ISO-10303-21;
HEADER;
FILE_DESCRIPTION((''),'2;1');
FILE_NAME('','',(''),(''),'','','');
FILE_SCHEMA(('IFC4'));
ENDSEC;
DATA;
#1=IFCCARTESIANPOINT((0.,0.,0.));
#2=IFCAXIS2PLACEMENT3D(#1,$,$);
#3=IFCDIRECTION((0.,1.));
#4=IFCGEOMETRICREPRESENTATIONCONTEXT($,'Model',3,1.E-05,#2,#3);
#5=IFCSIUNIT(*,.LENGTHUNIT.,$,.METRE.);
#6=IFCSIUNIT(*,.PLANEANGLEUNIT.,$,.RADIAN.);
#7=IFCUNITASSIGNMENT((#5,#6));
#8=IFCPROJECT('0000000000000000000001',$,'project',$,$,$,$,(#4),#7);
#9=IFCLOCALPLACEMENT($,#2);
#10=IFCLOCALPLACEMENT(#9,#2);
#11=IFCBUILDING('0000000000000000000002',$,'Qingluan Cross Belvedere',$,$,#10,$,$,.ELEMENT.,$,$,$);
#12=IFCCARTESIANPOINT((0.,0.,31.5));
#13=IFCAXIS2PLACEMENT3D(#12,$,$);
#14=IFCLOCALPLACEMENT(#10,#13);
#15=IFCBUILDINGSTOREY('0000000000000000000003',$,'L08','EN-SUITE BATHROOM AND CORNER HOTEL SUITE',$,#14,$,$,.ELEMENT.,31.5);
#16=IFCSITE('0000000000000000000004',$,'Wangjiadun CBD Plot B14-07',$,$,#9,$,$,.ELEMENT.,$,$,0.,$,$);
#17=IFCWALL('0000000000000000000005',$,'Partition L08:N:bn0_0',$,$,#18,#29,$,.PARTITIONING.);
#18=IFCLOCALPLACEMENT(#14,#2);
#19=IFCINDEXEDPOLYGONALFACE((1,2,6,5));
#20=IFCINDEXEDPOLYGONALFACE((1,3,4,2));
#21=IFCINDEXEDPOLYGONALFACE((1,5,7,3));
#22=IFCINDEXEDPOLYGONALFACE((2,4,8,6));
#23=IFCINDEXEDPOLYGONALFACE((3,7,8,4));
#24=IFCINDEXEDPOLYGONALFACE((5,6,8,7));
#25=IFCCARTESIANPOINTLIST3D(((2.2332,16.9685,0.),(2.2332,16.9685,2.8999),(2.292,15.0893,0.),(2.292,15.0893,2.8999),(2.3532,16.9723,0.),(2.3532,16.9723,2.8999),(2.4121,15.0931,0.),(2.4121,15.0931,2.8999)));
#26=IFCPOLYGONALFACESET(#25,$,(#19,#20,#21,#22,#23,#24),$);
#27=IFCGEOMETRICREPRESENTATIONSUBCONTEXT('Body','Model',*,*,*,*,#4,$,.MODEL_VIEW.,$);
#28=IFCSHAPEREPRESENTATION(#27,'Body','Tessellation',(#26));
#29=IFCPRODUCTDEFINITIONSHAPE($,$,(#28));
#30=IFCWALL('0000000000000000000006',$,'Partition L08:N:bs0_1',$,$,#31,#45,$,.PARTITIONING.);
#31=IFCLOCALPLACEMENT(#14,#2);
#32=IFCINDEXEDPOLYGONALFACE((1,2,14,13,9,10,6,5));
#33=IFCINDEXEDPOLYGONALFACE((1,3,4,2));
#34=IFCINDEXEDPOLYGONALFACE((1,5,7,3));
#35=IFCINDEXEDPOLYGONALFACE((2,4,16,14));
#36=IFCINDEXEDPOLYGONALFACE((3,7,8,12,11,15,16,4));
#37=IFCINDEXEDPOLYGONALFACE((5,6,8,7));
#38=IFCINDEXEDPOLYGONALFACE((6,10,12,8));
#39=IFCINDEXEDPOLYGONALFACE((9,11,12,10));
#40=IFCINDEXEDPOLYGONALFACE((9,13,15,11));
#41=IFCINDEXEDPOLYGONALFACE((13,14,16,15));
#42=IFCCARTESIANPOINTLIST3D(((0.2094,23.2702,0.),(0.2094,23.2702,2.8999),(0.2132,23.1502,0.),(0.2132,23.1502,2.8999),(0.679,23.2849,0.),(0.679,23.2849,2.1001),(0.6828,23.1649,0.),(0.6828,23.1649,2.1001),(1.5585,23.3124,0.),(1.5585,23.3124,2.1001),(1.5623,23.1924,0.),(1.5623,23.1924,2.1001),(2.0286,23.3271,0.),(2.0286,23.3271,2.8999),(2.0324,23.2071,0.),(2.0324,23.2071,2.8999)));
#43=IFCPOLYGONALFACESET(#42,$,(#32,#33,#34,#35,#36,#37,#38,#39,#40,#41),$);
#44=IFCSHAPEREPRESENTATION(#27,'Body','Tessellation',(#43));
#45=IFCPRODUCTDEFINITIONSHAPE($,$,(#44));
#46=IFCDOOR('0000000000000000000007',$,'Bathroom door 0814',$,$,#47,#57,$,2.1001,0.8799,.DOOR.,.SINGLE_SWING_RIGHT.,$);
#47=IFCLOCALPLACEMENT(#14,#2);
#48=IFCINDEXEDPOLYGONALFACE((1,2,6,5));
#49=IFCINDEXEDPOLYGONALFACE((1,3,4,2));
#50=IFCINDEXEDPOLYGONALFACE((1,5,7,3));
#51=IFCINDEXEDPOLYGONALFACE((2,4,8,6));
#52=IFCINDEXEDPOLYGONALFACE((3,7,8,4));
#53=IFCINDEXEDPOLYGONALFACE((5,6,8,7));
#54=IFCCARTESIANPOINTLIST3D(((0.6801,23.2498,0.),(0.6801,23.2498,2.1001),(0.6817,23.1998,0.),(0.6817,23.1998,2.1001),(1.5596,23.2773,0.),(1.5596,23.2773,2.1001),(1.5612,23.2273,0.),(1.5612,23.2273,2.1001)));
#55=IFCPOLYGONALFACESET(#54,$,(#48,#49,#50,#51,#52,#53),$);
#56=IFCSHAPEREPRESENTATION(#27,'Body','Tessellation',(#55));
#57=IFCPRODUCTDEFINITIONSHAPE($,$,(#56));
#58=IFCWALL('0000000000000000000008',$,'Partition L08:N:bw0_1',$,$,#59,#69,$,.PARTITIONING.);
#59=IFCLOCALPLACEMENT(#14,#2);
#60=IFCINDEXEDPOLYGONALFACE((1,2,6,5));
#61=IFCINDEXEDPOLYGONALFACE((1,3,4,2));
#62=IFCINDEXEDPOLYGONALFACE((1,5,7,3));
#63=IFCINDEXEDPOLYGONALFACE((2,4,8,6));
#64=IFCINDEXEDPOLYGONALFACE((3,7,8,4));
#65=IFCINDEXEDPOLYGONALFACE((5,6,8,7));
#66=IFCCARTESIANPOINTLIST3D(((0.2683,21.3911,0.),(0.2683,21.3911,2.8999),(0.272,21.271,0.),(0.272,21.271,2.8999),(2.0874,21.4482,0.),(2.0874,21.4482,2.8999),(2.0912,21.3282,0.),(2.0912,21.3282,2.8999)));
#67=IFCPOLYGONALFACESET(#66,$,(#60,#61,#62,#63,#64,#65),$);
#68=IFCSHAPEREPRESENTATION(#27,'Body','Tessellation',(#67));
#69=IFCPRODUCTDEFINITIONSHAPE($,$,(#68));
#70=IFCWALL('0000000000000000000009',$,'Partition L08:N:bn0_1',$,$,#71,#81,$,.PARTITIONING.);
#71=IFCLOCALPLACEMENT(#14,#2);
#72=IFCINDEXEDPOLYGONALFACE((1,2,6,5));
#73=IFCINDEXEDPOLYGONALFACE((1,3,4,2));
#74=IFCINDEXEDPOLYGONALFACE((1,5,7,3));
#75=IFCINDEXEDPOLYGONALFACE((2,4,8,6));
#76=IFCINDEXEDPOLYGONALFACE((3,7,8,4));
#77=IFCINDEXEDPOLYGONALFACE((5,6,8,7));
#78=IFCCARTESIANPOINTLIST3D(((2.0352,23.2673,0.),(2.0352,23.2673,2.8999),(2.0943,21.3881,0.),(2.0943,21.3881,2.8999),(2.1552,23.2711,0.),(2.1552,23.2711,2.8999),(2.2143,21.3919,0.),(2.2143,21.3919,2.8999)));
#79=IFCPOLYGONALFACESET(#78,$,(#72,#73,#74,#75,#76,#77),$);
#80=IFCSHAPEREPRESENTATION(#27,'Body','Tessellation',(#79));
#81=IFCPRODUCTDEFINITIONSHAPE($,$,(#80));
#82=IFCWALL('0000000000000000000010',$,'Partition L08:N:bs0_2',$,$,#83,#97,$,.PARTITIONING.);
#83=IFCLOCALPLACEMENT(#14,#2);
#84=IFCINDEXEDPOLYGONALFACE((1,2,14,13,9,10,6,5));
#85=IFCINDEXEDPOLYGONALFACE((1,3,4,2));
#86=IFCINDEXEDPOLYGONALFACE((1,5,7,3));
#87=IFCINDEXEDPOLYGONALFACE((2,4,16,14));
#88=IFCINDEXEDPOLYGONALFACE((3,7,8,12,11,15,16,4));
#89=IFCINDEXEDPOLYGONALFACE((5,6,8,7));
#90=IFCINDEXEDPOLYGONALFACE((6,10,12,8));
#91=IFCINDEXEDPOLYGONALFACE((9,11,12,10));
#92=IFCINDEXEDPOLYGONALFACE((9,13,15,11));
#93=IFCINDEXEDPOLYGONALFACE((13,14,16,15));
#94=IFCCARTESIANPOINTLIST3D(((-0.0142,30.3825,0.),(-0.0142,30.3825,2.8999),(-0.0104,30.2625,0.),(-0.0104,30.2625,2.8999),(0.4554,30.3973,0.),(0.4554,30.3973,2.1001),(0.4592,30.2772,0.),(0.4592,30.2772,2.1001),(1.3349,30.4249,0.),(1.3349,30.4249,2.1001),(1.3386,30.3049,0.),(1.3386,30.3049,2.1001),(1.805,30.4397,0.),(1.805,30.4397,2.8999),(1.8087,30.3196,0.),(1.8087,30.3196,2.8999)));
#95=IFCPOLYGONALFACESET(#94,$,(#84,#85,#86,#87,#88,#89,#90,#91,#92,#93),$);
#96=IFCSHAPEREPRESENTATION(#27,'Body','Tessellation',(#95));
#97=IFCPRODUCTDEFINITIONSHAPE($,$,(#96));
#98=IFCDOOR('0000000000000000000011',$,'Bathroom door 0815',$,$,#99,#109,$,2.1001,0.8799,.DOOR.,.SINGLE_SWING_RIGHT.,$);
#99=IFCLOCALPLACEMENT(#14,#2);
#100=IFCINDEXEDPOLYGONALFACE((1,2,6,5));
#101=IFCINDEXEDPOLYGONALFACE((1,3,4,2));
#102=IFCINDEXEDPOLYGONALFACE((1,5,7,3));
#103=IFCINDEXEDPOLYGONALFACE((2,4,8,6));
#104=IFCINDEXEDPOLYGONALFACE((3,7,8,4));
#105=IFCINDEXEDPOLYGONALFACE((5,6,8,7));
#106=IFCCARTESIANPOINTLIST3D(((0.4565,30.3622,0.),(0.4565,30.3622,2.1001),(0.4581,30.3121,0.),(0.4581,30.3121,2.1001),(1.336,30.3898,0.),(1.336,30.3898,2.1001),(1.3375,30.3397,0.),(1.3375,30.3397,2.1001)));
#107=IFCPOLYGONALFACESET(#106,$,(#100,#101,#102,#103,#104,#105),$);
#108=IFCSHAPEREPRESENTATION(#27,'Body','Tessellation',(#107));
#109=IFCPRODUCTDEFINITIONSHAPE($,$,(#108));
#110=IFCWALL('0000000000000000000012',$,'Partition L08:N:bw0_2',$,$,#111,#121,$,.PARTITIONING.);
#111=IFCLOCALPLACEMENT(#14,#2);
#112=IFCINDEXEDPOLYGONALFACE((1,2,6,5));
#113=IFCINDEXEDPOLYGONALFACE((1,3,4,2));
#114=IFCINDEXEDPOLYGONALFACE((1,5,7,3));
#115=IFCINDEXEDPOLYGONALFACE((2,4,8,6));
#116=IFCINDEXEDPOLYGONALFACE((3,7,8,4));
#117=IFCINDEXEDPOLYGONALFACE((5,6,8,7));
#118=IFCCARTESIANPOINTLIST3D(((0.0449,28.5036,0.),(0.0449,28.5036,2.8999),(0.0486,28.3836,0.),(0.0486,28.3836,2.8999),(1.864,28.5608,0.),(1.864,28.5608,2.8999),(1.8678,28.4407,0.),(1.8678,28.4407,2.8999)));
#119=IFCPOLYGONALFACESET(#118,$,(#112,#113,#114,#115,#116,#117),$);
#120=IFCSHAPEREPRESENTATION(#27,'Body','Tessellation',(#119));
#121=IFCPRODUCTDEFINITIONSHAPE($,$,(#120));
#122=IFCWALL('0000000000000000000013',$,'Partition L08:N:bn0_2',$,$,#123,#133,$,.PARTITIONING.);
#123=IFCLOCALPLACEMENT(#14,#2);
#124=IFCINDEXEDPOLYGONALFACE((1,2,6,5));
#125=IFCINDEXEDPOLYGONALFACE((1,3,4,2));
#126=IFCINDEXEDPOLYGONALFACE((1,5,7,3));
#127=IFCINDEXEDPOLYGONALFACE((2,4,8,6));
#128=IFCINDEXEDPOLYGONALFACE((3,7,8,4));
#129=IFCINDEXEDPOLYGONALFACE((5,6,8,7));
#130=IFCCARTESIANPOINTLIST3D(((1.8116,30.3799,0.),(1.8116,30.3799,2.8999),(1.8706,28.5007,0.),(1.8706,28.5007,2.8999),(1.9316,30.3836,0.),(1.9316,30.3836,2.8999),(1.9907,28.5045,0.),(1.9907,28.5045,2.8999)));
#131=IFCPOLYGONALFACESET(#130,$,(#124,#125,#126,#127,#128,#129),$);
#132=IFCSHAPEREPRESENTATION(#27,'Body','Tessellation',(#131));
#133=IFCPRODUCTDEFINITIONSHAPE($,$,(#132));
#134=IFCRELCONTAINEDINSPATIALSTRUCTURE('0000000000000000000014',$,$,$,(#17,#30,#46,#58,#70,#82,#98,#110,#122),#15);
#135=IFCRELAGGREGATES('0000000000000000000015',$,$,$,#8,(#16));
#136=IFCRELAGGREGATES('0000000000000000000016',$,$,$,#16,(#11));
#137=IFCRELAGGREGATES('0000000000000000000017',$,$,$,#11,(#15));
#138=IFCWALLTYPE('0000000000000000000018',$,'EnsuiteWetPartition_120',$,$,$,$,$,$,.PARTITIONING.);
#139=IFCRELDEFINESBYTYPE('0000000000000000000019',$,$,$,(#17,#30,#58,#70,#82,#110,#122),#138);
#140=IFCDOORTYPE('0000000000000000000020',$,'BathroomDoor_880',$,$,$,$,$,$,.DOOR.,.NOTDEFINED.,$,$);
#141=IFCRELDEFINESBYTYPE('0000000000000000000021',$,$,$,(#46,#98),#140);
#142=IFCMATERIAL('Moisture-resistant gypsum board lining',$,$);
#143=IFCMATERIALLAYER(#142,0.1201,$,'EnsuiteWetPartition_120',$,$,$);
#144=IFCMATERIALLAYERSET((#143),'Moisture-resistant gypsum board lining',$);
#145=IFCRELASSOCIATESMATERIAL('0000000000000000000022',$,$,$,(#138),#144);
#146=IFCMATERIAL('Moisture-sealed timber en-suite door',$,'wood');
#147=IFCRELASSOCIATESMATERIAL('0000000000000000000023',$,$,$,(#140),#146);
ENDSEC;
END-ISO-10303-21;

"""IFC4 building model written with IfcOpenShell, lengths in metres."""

from ifc_helpers import new_model, si_unit, direction, frame, frame_2d, origin, place, context, subcontext, project, spatial, rectangle, extrude, material, layer, layer_set, type_object, element, fill, save


model = new_model("IFC4")

# Units and contexts
model_context = context("Model", 3, precision=1e-05, world=origin(), true_north=direction((0.0, 1.0)))
body_context = subcontext(model_context, "Body", "Model", "MODEL_VIEW")
ifc_project = project(units=[si_unit("LENGTHUNIT", "METRE"), si_unit("PLANEANGLEUNIT", "RADIAN")], contexts=[model_context])

# Site, building, storey
site_placement = place(None, origin())
site = spatial("IfcSite", under=ifc_project, at=site_placement, Name="Wangjiadun CBD Plot B14-07", CompositionType="ELEMENT", RefElevation=0.0)
building_placement = place(site_placement, origin())
building = spatial("IfcBuilding", under=site, at=building_placement, Name="Qingluan Cross Belvedere", CompositionType="ELEMENT")
storey_placement = place(building_placement, frame((0.0, 0.0, 31.5)))
storey = spatial("IfcBuildingStorey", under=building, at=storey_placement, Name="L08", Description="EN-SUITE BATHROOM AND CORNER HOTEL SUITE", CompositionType="ELEMENT", Elevation=31.5)

# Shared definitions
ifc_material_1 = material(Name="Moisture-resistant gypsum board lining")
ifc_layer_1 = layer(ifc_material_1, 0.1201, Name="EnsuiteWetPartition_120")
ifc_layer_set_1 = layer_set([ifc_layer_1], Name="Moisture-resistant gypsum board lining")
wall_type_1 = type_object("IfcWallType", Name="EnsuiteWetPartition_120", PredefinedType="PARTITIONING", material=ifc_layer_set_1)
ifc_material_2 = material(Name="Moisture-sealed timber en-suite door", Category="wood")
door_type_1 = type_object("IfcDoorType", Name="BathroomDoor_880", OperationType="NOTDEFINED", PredefinedType="DOOR", material=ifc_material_2)

# Wall
wall_1_placement = place(storey_placement, frame((2.3521, 15.0913, 0.0), z_axis=(0.0, 0.0, 1.0), x_axis=(-0.031296, 0.99951, 0.0)))
element("IfcWall", 1, at=wall_1_placement, inside=storey, type_object=wall_type_1, Name="Partition L08:N:bn0_0", PredefinedType="PARTITIONING", context=body_context, shape_type="SweptSolid", body=[
    extrude(rectangle(XDim=1.8801, YDim=0.1201, at=frame_2d((0.9399, 0.0))), origin(), (0.0, 0.0, 1.0), 2.8999),
])

# Wall, opening, door
wall_2_placement = place(storey_placement, frame((0.2112, 23.2102, 0.0), z_axis=(0.0, 0.0, 1.0), x_axis=(0.999511, 0.031256, 0.0)))
wall_2 = element("IfcWall", 2, at=wall_2_placement, inside=storey, type_object=wall_type_1, Name="Partition L08:N:bs0_1", PredefinedType="PARTITIONING", context=body_context, shape_type="SweptSolid", body=[
    extrude(rectangle(XDim=1.8201, YDim=0.1201, at=frame_2d((0.9102, 0.0))), origin(), (0.0, 0.0, 1.0), 2.8999),
])
opening_1_placement = place(wall_2_placement, frame((0.47, 0.0, 0.0)))
opening_1 = element("IfcOpeningElement", 3, at=opening_1_placement, cuts=wall_2, PredefinedType="OPENING", context=body_context, shape_type="SweptSolid", body=[
    extrude(rectangle(XDim=0.8799, YDim=2.1001, at=frame_2d((0.4399, 1.05))), frame((0.0, 0.0701, 0.0), z_axis=(0.0, -1.0, 0.0), x_axis=(1.0, 0.0, 0.0)), (0.0, 0.0, 1.0), 0.1401),
])
door_1_placement = place(opening_1_placement, origin())
door_1 = element("IfcDoor", 4, at=door_1_placement, inside=storey, type_object=door_type_1, Name="Bathroom door 0814", OperationType="SINGLE_SWING_RIGHT", OverallHeight=2.1001, OverallWidth=0.8799, PredefinedType="DOOR", context=body_context, shape_type="SweptSolid", body=[
    extrude(rectangle(XDim=0.8799, YDim=2.1001, at=frame_2d((0.4399, 1.05))), frame((0.0, 0.0249, 0.0), z_axis=(0.0, -1.0, 0.0), x_axis=(1.0, 0.0, 0.0)), (0.0, 0.0, 1.0), 0.05),
])
fill(opening_1, door_1)

# Walls
wall_3_placement = place(storey_placement, frame((0.27, 21.3311, 0.0), z_axis=(0.0, 0.0, 1.0), x_axis=(0.999507, 0.03139, 0.0)))
element("IfcWall", 5, at=wall_3_placement, inside=storey, type_object=wall_type_1, Name="Partition L08:N:bw0_1", PredefinedType="PARTITIONING", context=body_context, shape_type="SweptSolid", body=[
    extrude(rectangle(XDim=1.8201, YDim=0.1201, at=frame_2d((0.9102, 0.0))), origin(), (0.0, 0.0, 1.0), 2.8999),
])
wall_4_placement = place(storey_placement, frame((2.1543, 21.3901, 0.0), z_axis=(0.0, 0.0, 1.0), x_axis=(-0.031425, 0.999506, 0.0)))
element("IfcWall", 6, at=wall_4_placement, inside=storey, type_object=wall_type_1, Name="Partition L08:N:bn0_1", PredefinedType="PARTITIONING", context=body_context, shape_type="SweptSolid", body=[
    extrude(rectangle(XDim=1.8801, YDim=0.1201, at=frame_2d((0.9399, 0.0))), origin(), (0.0, 0.0, 1.0), 2.8999),
])

# Wall, opening, door
wall_5_placement = place(storey_placement, frame((-0.0125, 30.3225, 0.0), z_axis=(0.0, 0.0, 1.0), x_axis=(0.999507, 0.03139, 0.0)))
wall_5 = element("IfcWall", 7, at=wall_5_placement, inside=storey, type_object=wall_type_1, Name="Partition L08:N:bs0_2", PredefinedType="PARTITIONING", context=body_context, shape_type="SweptSolid", body=[
    extrude(rectangle(XDim=1.8201, YDim=0.1201, at=frame_2d((0.9102, 0.0))), origin(), (0.0, 0.0, 1.0), 2.8999),
])
opening_2_placement = place(wall_5_placement, frame((0.47, 0.0, 0.0)))
opening_2 = element("IfcOpeningElement", 8, at=opening_2_placement, cuts=wall_5, PredefinedType="OPENING", context=body_context, shape_type="SweptSolid", body=[
    extrude(rectangle(XDim=0.8799, YDim=2.1001, at=frame_2d((0.4399, 1.05))), frame((0.0, 0.0701, 0.0), z_axis=(0.0, -1.0, 0.0), x_axis=(1.0, 0.0, 0.0)), (0.0, 0.0, 1.0), 0.1401),
])
door_2_placement = place(opening_2_placement, origin())
door_2 = element("IfcDoor", 9, at=door_2_placement, inside=storey, type_object=door_type_1, Name="Bathroom door 0815", OperationType="SINGLE_SWING_RIGHT", OverallHeight=2.1001, OverallWidth=0.8799, PredefinedType="DOOR", context=body_context, shape_type="SweptSolid", body=[
    extrude(rectangle(XDim=0.8799, YDim=2.1001, at=frame_2d((0.4399, 1.05))), frame((0.0, 0.0249, 0.0), z_axis=(0.0, -1.0, 0.0), x_axis=(1.0, 0.0, 0.0)), (0.0, 0.0, 1.0), 0.05),
])
fill(opening_2, door_2)

# Walls
wall_6_placement = place(storey_placement, frame((0.0466, 28.4436, 0.0), z_axis=(0.0, 0.0, 1.0), x_axis=(0.999507, 0.03139, 0.0)))
element("IfcWall", 10, at=wall_6_placement, inside=storey, type_object=wall_type_1, Name="Partition L08:N:bw0_2", PredefinedType="PARTITIONING", context=body_context, shape_type="SweptSolid", body=[
    extrude(rectangle(XDim=1.8201, YDim=0.1201, at=frame_2d((0.9102, 0.0))), origin(), (0.0, 0.0, 1.0), 2.8999),
])
wall_7_placement = place(storey_placement, frame((1.9307, 28.5027, 0.0), z_axis=(0.0, 0.0, 1.0), x_axis=(-0.031425, 0.999506, 0.0)))
element("IfcWall", 11, at=wall_7_placement, inside=storey, type_object=wall_type_1, Name="Partition L08:N:bn0_2", PredefinedType="PARTITIONING", context=body_context, shape_type="SweptSolid", body=[
    extrude(rectangle(XDim=1.8801, YDim=0.1201, at=frame_2d((0.9399, 0.0))), origin(), (0.0, 0.0, 1.0), 2.8999),
])

save(model, "model.ifc")
